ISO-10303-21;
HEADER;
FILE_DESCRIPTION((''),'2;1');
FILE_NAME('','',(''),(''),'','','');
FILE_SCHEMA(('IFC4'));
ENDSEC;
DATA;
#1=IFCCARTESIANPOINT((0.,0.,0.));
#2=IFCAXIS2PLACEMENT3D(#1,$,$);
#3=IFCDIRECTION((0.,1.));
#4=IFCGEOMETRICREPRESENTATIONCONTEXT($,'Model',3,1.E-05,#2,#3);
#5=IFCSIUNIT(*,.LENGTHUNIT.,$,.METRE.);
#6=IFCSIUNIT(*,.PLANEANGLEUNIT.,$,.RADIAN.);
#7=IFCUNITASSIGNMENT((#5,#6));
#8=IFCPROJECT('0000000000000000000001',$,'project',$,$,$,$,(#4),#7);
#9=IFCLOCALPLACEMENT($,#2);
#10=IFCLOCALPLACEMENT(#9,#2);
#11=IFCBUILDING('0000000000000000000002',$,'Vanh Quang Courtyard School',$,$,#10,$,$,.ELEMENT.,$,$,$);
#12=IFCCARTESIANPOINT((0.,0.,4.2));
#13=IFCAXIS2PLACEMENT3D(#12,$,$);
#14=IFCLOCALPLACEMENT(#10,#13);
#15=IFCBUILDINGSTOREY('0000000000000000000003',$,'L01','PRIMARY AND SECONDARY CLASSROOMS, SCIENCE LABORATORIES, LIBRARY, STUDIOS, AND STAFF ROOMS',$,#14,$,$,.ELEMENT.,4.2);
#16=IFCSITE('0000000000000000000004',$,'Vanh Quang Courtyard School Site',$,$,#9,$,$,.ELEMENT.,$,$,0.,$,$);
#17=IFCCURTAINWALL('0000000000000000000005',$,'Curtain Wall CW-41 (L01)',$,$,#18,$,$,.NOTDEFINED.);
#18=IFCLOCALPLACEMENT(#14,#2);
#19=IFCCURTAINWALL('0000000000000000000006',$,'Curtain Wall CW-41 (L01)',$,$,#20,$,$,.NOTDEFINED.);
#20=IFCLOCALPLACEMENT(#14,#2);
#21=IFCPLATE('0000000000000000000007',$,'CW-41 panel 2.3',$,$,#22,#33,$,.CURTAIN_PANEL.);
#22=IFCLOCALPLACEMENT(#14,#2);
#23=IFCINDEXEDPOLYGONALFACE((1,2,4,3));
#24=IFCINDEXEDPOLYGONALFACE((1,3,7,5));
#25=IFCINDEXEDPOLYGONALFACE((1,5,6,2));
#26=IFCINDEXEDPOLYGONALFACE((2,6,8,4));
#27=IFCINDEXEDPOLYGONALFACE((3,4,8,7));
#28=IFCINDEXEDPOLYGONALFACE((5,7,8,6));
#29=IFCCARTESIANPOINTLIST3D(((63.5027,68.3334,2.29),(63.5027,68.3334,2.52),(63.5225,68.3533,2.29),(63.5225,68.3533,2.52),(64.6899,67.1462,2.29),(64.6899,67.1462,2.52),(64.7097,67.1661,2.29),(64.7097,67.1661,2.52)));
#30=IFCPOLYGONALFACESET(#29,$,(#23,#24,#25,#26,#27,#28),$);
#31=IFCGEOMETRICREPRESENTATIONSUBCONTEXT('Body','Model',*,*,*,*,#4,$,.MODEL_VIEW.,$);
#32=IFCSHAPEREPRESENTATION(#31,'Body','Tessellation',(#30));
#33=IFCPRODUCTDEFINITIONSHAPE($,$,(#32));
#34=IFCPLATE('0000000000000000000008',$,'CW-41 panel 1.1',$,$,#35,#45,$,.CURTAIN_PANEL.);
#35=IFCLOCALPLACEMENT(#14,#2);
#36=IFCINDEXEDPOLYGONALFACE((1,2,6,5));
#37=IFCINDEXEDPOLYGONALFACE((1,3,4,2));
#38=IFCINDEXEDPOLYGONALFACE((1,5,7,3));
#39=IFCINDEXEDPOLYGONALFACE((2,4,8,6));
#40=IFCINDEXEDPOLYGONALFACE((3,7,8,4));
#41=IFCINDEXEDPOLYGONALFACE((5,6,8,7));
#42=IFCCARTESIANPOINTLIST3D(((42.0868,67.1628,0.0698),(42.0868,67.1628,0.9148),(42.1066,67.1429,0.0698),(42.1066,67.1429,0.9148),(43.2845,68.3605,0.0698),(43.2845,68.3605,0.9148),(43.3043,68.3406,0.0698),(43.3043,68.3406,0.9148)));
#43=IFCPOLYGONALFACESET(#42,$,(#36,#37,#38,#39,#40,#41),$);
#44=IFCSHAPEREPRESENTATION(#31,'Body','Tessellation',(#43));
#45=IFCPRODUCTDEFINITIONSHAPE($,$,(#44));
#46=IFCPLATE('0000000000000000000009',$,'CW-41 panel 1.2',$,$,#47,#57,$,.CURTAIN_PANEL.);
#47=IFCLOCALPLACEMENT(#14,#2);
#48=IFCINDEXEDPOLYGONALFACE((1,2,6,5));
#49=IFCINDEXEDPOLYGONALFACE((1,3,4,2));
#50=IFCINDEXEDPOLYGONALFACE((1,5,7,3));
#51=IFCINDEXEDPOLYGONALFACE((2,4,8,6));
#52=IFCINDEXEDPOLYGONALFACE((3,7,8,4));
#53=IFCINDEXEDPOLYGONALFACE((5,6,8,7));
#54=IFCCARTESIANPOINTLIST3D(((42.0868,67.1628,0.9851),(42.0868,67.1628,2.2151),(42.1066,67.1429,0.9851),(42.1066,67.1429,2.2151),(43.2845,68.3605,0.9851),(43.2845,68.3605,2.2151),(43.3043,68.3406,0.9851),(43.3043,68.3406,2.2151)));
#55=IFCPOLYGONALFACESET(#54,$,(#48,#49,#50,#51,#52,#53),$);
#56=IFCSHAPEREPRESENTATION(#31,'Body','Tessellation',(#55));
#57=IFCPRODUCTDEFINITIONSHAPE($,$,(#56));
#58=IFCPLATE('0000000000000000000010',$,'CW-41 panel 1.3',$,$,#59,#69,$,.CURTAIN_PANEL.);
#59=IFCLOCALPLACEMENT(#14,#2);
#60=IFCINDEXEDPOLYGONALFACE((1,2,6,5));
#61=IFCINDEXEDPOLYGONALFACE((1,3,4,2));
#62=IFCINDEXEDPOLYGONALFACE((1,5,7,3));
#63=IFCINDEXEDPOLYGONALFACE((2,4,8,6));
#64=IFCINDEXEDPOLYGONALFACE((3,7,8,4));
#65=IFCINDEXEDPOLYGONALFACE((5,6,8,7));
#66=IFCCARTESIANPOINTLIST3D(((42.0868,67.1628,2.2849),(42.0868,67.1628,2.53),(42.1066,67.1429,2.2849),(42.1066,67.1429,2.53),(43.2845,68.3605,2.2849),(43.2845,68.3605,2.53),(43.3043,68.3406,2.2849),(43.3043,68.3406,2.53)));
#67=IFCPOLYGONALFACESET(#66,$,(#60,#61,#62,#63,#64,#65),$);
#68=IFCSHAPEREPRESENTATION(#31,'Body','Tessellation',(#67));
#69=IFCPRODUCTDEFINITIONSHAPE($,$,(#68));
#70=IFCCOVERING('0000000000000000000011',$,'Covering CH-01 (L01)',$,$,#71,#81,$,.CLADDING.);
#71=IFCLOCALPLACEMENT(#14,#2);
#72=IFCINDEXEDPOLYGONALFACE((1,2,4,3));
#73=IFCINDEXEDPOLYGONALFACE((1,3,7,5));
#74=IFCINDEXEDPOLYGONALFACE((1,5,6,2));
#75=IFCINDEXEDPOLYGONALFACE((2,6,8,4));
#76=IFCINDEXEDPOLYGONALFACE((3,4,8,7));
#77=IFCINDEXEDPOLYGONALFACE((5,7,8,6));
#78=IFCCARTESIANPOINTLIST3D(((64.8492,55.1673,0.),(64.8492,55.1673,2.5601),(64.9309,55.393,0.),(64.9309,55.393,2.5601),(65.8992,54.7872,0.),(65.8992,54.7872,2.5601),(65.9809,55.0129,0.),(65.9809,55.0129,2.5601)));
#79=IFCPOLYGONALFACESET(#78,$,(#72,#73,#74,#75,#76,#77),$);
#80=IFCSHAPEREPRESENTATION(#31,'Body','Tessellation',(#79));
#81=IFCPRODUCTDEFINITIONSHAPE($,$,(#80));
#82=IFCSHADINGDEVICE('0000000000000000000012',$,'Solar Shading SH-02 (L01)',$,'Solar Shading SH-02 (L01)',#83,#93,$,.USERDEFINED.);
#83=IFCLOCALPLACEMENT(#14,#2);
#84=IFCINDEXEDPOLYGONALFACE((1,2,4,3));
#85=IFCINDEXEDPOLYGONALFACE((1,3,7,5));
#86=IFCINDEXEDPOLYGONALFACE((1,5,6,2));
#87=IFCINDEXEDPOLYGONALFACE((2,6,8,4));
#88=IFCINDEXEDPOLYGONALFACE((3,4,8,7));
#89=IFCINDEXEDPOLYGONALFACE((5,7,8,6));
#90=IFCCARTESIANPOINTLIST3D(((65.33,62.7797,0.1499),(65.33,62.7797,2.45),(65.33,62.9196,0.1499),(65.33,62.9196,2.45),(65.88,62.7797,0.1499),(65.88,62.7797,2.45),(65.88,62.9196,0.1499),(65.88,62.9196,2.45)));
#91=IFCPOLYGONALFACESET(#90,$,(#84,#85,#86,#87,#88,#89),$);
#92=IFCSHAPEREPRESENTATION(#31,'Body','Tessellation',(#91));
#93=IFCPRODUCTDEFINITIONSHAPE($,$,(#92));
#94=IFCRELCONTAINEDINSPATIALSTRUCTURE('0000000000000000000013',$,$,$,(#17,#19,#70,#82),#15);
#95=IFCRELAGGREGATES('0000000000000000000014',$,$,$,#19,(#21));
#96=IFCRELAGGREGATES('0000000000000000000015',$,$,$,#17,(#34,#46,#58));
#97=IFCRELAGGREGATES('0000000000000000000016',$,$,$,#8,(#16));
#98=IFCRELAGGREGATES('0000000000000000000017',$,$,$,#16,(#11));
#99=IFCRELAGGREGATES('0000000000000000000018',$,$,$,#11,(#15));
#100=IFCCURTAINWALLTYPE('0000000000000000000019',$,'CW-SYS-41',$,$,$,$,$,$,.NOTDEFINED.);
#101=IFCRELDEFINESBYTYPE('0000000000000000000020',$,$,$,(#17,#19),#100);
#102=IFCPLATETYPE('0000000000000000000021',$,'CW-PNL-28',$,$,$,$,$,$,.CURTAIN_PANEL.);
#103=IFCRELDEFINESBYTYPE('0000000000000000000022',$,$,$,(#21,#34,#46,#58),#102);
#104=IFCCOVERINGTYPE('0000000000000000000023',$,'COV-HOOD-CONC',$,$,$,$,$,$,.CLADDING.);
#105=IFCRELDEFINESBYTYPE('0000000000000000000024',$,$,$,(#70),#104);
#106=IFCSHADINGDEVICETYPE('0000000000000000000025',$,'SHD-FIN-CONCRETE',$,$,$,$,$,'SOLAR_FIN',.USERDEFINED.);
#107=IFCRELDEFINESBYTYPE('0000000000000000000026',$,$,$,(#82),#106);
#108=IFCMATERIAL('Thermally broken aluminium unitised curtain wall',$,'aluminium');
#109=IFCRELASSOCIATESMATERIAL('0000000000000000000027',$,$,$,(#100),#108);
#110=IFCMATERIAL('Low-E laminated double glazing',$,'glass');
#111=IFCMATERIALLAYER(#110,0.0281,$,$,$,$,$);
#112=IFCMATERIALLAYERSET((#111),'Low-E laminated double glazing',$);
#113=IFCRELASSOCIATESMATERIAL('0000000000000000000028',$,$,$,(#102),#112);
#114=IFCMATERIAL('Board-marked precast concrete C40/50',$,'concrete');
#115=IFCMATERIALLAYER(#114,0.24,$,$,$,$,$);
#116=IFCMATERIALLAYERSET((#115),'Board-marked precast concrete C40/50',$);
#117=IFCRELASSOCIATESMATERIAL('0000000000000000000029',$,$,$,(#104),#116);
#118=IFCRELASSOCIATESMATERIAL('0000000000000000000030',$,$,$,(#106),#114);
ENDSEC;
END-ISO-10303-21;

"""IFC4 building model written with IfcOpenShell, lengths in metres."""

from ifc_helpers import new_model, si_unit, direction, frame, origin, origin_2d, place, context, subcontext, project, spatial, rectangle, extrude, material, layer, layer_set, type_object, element, aggregate, save


model = new_model("IFC4")

# Units and contexts
model_context = context("Model", 3, precision=1e-05, world=origin(), true_north=direction((0.0, 1.0)))
body_context = subcontext(model_context, "Body", "Model", "MODEL_VIEW")
ifc_project = project(units=[si_unit("LENGTHUNIT", "METRE"), si_unit("PLANEANGLEUNIT", "RADIAN")], contexts=[model_context])

# Site, building, storey
site_placement = place(None, origin())
site = spatial("IfcSite", under=ifc_project, at=site_placement, Name="Vanh Quang Courtyard School Site", CompositionType="ELEMENT", RefElevation=0.0)
building_placement = place(site_placement, origin())
building = spatial("IfcBuilding", under=site, at=building_placement, Name="Vanh Quang Courtyard School", CompositionType="ELEMENT")
storey_placement = place(building_placement, frame((0.0, 0.0, 4.2)))
storey = spatial("IfcBuildingStorey", under=building, at=storey_placement, Name="L01", Description="PRIMARY AND SECONDARY CLASSROOMS, SCIENCE LABORATORIES, LIBRARY, STUDIOS, AND STAFF ROOMS", CompositionType="ELEMENT", Elevation=4.2)

# Curtain wall
ifc_material_1 = material(Name="Thermally broken aluminium unitised curtain wall", Category="aluminium")
curtain_wall_type_1 = type_object("IfcCurtainWallType", Name="CW-SYS-41", PredefinedType="NOTDEFINED", material=ifc_material_1)
curtain_wall_1_placement = place(storey_placement, origin())
curtain_wall_1 = element("IfcCurtainWall", 1, at=curtain_wall_1_placement, inside=storey, type_object=curtain_wall_type_1, Name="Curtain Wall CW-41 (L01)", PredefinedType="NOTDEFINED")

# Curtain wall
curtain_wall_2_placement = place(storey_placement, origin())
curtain_wall_2 = element("IfcCurtainWall", 2, at=curtain_wall_2_placement, inside=storey, type_object=curtain_wall_type_1, Name="Curtain Wall CW-41 (L01)", PredefinedType="NOTDEFINED")

# Plates
ifc_material_2 = material(Name="Low-E laminated double glazing", Category="glass")
ifc_layer_1 = layer(ifc_material_2, 0.0281)
ifc_layer_set_1 = layer_set([ifc_layer_1], Name="Low-E laminated double glazing")
plate_type = type_object("IfcPlateType", Name="CW-PNL-28", PredefinedType="CURTAIN_PANEL", material=ifc_layer_set_1)
plate_1_placement = place(storey_placement, frame((64.1062, 67.7498, 2.29), z_axis=(0.0, 0.0, 1.0), x_axis=(-0.707107, 0.707107, 0.0)))
plate_1 = element("IfcPlate", 3, at=plate_1_placement, type_object=plate_type, Name="CW-41 panel 2.3", PredefinedType="CURTAIN_PANEL", context=body_context, shape_type="SweptSolid", body=[
    extrude(rectangle(XDim=1.679, YDim=0.0281, at=origin_2d()), origin(), (0.0, 0.0, 1.0), 0.23),
])
aggregate(curtain_wall_2, [plate_1])
plate_2_placement = place(storey_placement, frame((42.6956, 67.7517, 0.0698), z_axis=(0.0, 0.0, 1.0), x_axis=(-0.707107, -0.707107, 0.0)))
plate_2 = element("IfcPlate", 4, at=plate_2_placement, type_object=plate_type, Name="CW-41 panel 1.1", PredefinedType="CURTAIN_PANEL", context=body_context, shape_type="SweptSolid", body=[
    extrude(rectangle(XDim=1.6938, YDim=0.0281, at=origin_2d()), origin(), (0.0, 0.0, 1.0), 0.845),
])
plate_3_placement = place(storey_placement, frame((42.6956, 67.7517, 0.9851), z_axis=(0.0, 0.0, 1.0), x_axis=(-0.707107, -0.707107, 0.0)))
plate_3 = element("IfcPlate", 5, at=plate_3_placement, type_object=plate_type, Name="CW-41 panel 1.2", PredefinedType="CURTAIN_PANEL", context=body_context, shape_type="SweptSolid", body=[
    extrude(rectangle(XDim=1.6938, YDim=0.0281, at=origin_2d()), origin(), (0.0, 0.0, 1.0), 1.23),
])
plate_4_placement = place(storey_placement, frame((42.6956, 67.7517, 2.2849), z_axis=(0.0, 0.0, 1.0), x_axis=(-0.707107, -0.707107, 0.0)))
plate_4 = element("IfcPlate", 6, at=plate_4_placement, type_object=plate_type, Name="CW-41 panel 1.3", PredefinedType="CURTAIN_PANEL", context=body_context, shape_type="SweptSolid", body=[
    extrude(rectangle(XDim=1.6938, YDim=0.0281, at=origin_2d()), origin(), (0.0, 0.0, 1.0), 0.2451),
])
aggregate(curtain_wall_1, [plate_2, plate_3, plate_4])

# Covering
ifc_material_3 = material(Name="Board-marked precast concrete C40/50", Category="concrete")
ifc_layer_2 = layer(ifc_material_3, 0.24)
ifc_layer_set_2 = layer_set([ifc_layer_2], Name="Board-marked precast concrete C40/50")
covering_type = type_object("IfcCoveringType", Name="COV-HOOD-CONC", PredefinedType="CLADDING", material=ifc_layer_set_2)
covering_placement = place(storey_placement, frame((65.415, 55.0901, 0.0), z_axis=(0.0, 0.0, 1.0), x_axis=(-0.940288, 0.34038, 0.0)))
element("IfcCovering", 7, at=covering_placement, inside=storey, type_object=covering_type, Name="Covering CH-01 (L01)", PredefinedType="CLADDING", context=body_context, shape_type="SweptSolid", body=[
    extrude(rectangle(XDim=1.1167, YDim=0.24, at=origin_2d()), origin(), (0.0, 0.0, 1.0), 2.5601),
])

# Shading device
shading_device_type = type_object("IfcShadingDeviceType", Name="SHD-FIN-CONCRETE", ElementType="SOLAR_FIN", PredefinedType="USERDEFINED", material=ifc_material_3)
shading_device_placement = place(storey_placement, frame((65.605, 62.8496, 0.1499), z_axis=(0.0, 0.0, 1.0), x_axis=(0.0, 1.0, 0.0)))
element("IfcShadingDevice", 8, at=shading_device_placement, inside=storey, type_object=shading_device_type, Name="Solar Shading SH-02 (L01)", ObjectType="Solar Shading SH-02 (L01)", PredefinedType="USERDEFINED", context=body_context, shape_type="SweptSolid", body=[
    extrude(rectangle(XDim=0.1399, YDim=0.55, at=origin_2d()), origin(), (0.0, 0.0, 1.0), 2.3),
])

save(model, "model.ifc")
